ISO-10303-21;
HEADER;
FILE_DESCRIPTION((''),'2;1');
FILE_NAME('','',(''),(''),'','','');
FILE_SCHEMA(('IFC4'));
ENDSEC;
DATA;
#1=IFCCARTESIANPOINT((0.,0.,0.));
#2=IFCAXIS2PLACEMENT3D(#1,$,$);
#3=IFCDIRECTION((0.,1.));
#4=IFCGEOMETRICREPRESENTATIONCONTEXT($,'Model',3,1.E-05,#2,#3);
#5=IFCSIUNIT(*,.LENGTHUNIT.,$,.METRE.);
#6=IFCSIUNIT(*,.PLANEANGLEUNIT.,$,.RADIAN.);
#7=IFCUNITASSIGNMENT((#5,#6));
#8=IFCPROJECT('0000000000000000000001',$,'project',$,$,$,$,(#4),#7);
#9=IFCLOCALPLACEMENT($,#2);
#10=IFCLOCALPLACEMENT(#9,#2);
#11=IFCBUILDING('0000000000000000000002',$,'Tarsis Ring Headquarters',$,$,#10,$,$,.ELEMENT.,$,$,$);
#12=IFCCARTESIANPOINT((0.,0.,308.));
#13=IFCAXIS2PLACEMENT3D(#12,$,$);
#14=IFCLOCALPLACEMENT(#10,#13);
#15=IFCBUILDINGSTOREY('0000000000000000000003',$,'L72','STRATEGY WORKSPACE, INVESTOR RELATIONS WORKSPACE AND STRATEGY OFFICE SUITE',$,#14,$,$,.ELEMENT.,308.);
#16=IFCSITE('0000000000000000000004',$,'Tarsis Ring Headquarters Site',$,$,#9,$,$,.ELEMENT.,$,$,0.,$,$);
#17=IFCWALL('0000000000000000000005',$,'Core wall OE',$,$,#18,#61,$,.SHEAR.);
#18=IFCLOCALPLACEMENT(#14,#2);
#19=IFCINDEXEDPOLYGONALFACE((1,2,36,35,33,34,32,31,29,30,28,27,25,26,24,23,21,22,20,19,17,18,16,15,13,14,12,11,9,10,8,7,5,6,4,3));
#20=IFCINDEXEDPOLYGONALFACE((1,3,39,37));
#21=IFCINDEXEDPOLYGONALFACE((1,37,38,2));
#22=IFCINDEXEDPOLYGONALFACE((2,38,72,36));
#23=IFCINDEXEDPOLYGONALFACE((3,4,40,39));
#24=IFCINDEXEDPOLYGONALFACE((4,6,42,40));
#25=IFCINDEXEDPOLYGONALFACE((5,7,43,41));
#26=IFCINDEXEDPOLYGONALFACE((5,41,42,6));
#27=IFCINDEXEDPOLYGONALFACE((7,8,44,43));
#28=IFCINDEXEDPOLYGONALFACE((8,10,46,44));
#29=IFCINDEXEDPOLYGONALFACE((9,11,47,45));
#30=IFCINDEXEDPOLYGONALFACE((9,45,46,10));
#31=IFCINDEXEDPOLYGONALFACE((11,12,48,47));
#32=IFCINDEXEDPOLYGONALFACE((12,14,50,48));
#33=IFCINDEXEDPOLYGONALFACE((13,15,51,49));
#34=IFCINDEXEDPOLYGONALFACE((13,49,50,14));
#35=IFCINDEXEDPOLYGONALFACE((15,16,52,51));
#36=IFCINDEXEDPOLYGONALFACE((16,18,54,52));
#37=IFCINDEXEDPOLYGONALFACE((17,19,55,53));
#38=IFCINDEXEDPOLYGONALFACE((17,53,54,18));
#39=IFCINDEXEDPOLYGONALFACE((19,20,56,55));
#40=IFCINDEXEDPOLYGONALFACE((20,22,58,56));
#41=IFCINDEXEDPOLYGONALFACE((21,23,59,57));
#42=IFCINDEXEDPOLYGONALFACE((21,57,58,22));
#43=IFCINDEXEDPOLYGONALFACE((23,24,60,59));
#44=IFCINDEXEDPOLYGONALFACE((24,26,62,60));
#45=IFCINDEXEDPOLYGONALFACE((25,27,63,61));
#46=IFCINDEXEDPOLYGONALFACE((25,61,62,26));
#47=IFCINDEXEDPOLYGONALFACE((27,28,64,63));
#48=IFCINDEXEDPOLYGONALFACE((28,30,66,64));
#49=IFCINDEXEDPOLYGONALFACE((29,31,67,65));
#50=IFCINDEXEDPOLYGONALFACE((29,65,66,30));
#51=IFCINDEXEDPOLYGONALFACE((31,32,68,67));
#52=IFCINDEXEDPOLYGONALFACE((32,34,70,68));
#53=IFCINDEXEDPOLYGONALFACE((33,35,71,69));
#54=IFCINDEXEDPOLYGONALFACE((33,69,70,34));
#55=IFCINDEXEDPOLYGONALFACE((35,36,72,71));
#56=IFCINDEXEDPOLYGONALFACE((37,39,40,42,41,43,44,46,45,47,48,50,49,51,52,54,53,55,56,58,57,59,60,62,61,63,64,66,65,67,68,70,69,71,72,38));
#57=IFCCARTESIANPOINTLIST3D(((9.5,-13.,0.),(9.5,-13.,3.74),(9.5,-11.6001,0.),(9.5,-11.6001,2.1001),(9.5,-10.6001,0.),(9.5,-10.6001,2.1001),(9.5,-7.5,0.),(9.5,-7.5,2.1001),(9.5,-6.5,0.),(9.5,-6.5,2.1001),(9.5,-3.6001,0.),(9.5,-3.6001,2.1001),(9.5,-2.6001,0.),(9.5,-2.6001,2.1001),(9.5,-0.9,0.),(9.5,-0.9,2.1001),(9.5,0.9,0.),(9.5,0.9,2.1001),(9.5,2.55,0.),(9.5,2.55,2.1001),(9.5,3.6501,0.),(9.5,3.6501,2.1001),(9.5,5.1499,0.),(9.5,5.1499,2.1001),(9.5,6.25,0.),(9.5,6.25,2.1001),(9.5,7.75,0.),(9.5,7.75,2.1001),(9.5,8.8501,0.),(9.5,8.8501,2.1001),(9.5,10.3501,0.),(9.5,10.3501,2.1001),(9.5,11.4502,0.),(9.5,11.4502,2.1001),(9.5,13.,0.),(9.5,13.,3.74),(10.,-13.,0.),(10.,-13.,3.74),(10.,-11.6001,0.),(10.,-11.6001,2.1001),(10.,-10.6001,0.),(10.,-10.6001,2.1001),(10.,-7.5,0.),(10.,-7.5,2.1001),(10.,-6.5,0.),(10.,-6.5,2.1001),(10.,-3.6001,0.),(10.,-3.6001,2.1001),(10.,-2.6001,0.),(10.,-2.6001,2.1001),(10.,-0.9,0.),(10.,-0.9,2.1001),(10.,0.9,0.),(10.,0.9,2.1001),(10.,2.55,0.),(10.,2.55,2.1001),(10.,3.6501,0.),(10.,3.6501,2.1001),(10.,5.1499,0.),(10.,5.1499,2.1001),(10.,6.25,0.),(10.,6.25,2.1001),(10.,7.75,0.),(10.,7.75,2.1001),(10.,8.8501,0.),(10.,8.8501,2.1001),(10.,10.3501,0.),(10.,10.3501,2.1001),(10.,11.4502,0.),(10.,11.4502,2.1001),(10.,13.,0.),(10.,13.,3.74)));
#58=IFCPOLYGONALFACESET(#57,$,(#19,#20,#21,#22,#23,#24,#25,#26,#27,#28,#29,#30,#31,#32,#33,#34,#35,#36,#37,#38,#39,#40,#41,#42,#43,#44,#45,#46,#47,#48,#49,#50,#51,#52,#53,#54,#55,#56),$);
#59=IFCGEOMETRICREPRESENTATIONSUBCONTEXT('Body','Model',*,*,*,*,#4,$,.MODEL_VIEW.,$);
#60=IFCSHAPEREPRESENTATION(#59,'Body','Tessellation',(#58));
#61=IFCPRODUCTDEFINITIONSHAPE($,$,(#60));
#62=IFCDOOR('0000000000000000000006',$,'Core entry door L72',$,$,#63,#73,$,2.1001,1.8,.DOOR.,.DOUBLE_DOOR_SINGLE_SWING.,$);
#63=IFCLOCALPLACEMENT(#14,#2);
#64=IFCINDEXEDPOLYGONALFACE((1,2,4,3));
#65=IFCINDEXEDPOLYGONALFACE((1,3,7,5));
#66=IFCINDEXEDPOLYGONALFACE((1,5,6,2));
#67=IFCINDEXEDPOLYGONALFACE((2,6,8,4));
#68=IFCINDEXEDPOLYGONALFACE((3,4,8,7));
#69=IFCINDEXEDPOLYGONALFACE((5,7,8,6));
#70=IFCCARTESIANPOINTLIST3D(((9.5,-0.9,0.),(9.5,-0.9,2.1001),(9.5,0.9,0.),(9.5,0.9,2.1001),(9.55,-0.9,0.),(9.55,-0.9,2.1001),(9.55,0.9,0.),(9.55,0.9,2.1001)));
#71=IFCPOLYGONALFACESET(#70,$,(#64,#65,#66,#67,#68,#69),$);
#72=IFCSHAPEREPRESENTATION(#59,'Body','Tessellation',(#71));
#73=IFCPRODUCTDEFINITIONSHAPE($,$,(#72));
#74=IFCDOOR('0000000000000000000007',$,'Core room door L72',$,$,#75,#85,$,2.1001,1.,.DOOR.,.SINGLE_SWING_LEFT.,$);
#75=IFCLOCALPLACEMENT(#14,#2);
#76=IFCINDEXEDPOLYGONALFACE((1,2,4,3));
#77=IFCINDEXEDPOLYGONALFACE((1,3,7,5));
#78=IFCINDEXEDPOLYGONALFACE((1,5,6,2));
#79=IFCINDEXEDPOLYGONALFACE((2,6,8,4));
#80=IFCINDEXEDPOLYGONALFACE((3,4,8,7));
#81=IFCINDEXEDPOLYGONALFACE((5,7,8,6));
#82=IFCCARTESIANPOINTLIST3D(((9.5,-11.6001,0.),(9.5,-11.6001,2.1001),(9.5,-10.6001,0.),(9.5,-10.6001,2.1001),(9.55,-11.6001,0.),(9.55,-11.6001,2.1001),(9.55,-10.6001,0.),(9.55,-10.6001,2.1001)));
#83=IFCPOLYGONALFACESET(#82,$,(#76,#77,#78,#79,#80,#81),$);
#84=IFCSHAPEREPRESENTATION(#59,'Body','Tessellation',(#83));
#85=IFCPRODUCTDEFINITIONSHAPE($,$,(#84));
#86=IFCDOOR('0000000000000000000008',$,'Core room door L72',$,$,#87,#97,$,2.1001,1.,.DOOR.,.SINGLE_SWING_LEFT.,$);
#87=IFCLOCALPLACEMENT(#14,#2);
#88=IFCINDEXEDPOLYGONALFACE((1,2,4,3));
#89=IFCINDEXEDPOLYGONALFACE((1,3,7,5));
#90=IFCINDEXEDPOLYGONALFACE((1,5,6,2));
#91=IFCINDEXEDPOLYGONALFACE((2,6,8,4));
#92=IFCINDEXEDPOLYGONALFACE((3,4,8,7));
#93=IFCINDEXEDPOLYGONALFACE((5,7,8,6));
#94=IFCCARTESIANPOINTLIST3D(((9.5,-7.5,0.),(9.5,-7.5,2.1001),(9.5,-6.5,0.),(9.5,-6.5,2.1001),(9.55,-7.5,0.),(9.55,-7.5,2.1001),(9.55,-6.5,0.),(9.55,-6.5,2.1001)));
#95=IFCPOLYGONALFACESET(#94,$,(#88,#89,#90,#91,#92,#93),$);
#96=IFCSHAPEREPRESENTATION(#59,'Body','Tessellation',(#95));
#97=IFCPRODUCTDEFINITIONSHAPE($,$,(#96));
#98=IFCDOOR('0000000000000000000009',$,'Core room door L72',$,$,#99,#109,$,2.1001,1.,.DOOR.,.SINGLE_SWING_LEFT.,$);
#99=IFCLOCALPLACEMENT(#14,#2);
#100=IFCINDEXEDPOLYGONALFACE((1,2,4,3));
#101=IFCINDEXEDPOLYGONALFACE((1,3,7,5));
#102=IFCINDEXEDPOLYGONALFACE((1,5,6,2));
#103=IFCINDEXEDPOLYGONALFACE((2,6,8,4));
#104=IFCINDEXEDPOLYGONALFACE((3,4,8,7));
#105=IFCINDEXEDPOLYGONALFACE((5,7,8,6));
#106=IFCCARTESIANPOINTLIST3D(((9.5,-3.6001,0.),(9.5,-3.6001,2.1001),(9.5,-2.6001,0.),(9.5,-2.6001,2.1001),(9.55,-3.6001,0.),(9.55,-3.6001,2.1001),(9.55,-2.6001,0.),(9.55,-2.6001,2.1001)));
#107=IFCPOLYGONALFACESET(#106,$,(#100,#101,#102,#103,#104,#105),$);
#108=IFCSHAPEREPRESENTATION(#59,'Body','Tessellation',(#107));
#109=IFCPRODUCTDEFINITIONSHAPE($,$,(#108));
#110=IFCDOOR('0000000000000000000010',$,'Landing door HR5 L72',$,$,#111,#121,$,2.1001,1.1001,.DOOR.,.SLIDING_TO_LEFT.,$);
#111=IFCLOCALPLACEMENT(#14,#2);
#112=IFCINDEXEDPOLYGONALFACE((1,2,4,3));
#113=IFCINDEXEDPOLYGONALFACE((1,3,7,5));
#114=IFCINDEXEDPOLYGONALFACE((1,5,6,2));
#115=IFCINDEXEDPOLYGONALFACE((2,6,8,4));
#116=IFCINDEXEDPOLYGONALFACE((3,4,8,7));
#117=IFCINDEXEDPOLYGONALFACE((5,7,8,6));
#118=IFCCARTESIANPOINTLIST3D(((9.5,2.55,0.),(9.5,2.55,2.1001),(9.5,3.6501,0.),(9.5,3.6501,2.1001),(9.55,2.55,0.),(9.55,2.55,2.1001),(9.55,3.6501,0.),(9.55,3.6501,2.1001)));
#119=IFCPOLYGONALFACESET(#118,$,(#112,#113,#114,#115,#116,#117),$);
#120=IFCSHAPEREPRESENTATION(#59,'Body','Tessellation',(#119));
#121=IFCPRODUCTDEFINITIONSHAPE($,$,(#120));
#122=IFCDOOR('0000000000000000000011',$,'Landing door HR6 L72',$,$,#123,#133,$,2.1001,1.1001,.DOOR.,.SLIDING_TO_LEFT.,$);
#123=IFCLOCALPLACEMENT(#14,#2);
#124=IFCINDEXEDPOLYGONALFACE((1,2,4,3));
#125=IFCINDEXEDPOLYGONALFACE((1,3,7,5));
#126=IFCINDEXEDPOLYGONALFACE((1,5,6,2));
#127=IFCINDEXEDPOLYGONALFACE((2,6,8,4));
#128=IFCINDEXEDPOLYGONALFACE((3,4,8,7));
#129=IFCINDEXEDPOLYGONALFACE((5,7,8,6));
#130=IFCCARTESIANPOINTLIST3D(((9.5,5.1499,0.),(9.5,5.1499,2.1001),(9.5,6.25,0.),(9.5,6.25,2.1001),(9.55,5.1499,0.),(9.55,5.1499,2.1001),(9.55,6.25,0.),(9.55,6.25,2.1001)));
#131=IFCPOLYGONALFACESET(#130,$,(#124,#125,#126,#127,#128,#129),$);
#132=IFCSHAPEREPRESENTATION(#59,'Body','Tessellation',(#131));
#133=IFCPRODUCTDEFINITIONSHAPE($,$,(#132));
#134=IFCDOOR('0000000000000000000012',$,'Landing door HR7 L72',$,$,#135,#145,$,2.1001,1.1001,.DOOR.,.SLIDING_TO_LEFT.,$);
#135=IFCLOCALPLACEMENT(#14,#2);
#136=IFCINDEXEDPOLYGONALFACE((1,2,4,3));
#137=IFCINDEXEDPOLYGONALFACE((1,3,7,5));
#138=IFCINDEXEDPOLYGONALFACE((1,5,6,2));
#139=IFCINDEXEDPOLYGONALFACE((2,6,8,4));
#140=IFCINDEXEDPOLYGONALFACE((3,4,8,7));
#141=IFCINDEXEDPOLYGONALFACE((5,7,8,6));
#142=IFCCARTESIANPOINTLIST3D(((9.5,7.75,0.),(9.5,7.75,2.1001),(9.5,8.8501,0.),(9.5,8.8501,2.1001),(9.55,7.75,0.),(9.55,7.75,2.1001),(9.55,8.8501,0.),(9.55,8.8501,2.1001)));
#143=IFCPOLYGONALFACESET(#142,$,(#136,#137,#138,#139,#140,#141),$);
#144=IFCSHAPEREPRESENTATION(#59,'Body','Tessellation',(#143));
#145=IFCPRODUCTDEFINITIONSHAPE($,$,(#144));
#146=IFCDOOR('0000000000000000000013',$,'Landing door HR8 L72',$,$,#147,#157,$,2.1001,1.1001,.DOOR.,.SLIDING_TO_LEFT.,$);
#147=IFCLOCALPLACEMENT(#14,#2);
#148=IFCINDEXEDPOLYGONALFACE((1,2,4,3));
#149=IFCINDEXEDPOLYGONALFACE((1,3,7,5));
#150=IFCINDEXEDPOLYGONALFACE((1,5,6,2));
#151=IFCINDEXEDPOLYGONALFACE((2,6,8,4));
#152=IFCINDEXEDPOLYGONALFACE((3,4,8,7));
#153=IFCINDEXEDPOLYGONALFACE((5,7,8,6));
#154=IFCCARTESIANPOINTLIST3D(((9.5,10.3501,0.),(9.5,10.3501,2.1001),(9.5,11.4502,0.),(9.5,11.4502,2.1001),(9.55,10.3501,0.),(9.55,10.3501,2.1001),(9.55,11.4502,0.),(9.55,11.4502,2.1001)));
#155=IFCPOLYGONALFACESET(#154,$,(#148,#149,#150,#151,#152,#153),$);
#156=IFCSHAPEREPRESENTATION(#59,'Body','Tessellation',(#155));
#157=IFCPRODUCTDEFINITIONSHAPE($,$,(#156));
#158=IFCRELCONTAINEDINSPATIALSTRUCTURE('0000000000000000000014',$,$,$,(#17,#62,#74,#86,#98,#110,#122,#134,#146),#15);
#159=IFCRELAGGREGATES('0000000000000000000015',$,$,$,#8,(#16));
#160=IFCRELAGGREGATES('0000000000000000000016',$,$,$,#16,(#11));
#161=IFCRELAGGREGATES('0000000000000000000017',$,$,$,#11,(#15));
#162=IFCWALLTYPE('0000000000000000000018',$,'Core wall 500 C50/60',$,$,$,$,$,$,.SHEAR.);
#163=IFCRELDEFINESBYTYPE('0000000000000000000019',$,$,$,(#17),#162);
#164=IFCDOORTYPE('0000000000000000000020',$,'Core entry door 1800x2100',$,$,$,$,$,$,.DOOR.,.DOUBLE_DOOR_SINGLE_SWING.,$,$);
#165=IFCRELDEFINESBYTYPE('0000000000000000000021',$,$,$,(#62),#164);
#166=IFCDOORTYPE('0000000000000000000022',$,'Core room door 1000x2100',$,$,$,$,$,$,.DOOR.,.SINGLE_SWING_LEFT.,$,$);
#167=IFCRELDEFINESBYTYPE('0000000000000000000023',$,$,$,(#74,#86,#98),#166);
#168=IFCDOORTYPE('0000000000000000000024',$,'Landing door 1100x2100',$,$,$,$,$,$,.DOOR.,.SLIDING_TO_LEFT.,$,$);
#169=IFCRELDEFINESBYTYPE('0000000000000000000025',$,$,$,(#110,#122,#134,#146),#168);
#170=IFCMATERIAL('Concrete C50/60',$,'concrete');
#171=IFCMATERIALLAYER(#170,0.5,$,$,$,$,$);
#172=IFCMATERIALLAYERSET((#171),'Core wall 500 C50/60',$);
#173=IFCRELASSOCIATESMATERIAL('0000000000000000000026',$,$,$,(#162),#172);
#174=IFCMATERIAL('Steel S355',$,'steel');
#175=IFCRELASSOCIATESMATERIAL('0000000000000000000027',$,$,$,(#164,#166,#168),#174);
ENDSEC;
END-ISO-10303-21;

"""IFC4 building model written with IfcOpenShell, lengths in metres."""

from ifc_helpers import new_model, si_unit, direction, frame, frame_2d, origin, place, context, subcontext, project, spatial, rectangle, extrude, material, layer, layer_set, type_object, element, fill, save


model = new_model("IFC4")

# Units and contexts
model_context = context("Model", 3, precision=1e-05, world=origin(), true_north=direction((0.0, 1.0)))
body_context = subcontext(model_context, "Body", "Model", "MODEL_VIEW")
ifc_project = project(units=[si_unit("LENGTHUNIT", "METRE"), si_unit("PLANEANGLEUNIT", "RADIAN")], contexts=[model_context])

# Site, building, storey
site_placement = place(None, origin())
site = spatial("IfcSite", under=ifc_project, at=site_placement, Name="Tarsis Ring Headquarters Site", CompositionType="ELEMENT", RefElevation=0.0)
building_placement = place(site_placement, origin())
building = spatial("IfcBuilding", under=site, at=building_placement, Name="Tarsis Ring Headquarters", CompositionType="ELEMENT")
storey_placement = place(building_placement, frame((0.0, 0.0, 308.0)))
storey = spatial("IfcBuildingStorey", under=building, at=storey_placement, Name="L72", Description="STRATEGY WORKSPACE, INVESTOR RELATIONS WORKSPACE AND STRATEGY OFFICE SUITE", CompositionType="ELEMENT", Elevation=308.0)

# Wall, openings, doors
ifc_material_1 = material(Name="Concrete C50/60", Category="concrete")
ifc_layer_1 = layer(ifc_material_1, 0.5)
ifc_layer_set_1 = layer_set([ifc_layer_1], Name="Core wall 500 C50/60")
wall_type_1 = type_object("IfcWallType", Name="Core wall 500 C50/60", PredefinedType="SHEAR", material=ifc_layer_set_1)
wall_1_placement = place(storey_placement, frame((9.75, -13.0, 0.0), z_axis=(0.0, 0.0, 1.0), x_axis=(0.0, 1.0, 0.0)))
wall_1 = element("IfcWall", 1, at=wall_1_placement, inside=storey, type_object=wall_type_1, Name="Core wall OE", PredefinedType="SHEAR", context=body_context, shape_type="SweptSolid", body=[
    extrude(rectangle(XDim=26.0, YDim=0.5, at=frame_2d((13.0, 0.0))), origin(), (0.0, 0.0, 1.0), 3.74),
])
opening_1_placement = place(wall_1_placement, frame((1.3999, 0.0, 0.0)))
opening_1 = element("IfcOpeningElement", 2, at=opening_1_placement, cuts=wall_1, PredefinedType="OPENING", context=body_context, shape_type="SweptSolid", body=[
    extrude(rectangle(XDim=1.0, YDim=2.1001, at=frame_2d((0.5, 1.05))), frame((0.0, 0.26, 0.0), z_axis=(0.0, -1.0, 0.0), x_axis=(1.0, 0.0, 0.0)), (0.0, 0.0, 1.0), 0.52),
])
opening_2_placement = place(wall_1_placement, frame((5.5, 0.0, 0.0)))
opening_2 = element("IfcOpeningElement", 3, at=opening_2_placement, cuts=wall_1, PredefinedType="OPENING", context=body_context, shape_type="SweptSolid", body=[
    extrude(rectangle(XDim=1.0, YDim=2.1001, at=frame_2d((0.5, 1.05))), frame((0.0, 0.26, 0.0), z_axis=(0.0, -1.0, 0.0), x_axis=(1.0, 0.0, 0.0)), (0.0, 0.0, 1.0), 0.52),
])
opening_3_placement = place(wall_1_placement, frame((9.3999, 0.0, 0.0)))
opening_3 = element("IfcOpeningElement", 4, at=opening_3_placement, cuts=wall_1, PredefinedType="OPENING", context=body_context, shape_type="SweptSolid", body=[
    extrude(rectangle(XDim=1.0, YDim=2.1001, at=frame_2d((0.5, 1.05))), frame((0.0, 0.26, 0.0), z_axis=(0.0, -1.0, 0.0), x_axis=(1.0, 0.0, 0.0)), (0.0, 0.0, 1.0), 0.52),
])
opening_4_placement = place(wall_1_placement, frame((12.1001, 0.0, 0.0)))
opening_4 = element("IfcOpeningElement", 5, at=opening_4_placement, cuts=wall_1, PredefinedType="OPENING", context=body_context, shape_type="SweptSolid", body=[
    extrude(rectangle(XDim=1.8, YDim=2.1001, at=frame_2d((0.8999, 1.05))), frame((0.0, 0.26, 0.0), z_axis=(0.0, -1.0, 0.0), x_axis=(1.0, 0.0, 0.0)), (0.0, 0.0, 1.0), 0.52),
])
opening_5_placement = place(wall_1_placement, frame((15.55, 0.0, 0.0)))
opening_5 = element("IfcOpeningElement", 6, at=opening_5_placement, cuts=wall_1, PredefinedType="OPENING", context=body_context, shape_type="SweptSolid", body=[
    extrude(rectangle(XDim=1.1001, YDim=2.1001, at=frame_2d((0.55, 1.05))), frame((0.0, 0.26, 0.0), z_axis=(0.0, -1.0, 0.0), x_axis=(1.0, 0.0, 0.0)), (0.0, 0.0, 1.0), 0.52),
])
opening_6_placement = place(wall_1_placement, frame((18.1499, 0.0, 0.0)))
opening_6 = element("IfcOpeningElement", 7, at=opening_6_placement, cuts=wall_1, PredefinedType="OPENING", context=body_context, shape_type="SweptSolid", body=[
    extrude(rectangle(XDim=1.1001, YDim=2.1001, at=frame_2d((0.55, 1.05))), frame((0.0, 0.26, 0.0), z_axis=(0.0, -1.0, 0.0), x_axis=(1.0, 0.0, 0.0)), (0.0, 0.0, 1.0), 0.52),
])
opening_7_placement = place(wall_1_placement, frame((20.75, 0.0, 0.0)))
opening_7 = element("IfcOpeningElement", 8, at=opening_7_placement, cuts=wall_1, PredefinedType="OPENING", context=body_context, shape_type="SweptSolid", body=[
    extrude(rectangle(XDim=1.1001, YDim=2.1001, at=frame_2d((0.55, 1.05))), frame((0.0, 0.26, 0.0), z_axis=(0.0, -1.0, 0.0), x_axis=(1.0, 0.0, 0.0)), (0.0, 0.0, 1.0), 0.52),
])
opening_8_placement = place(wall_1_placement, frame((23.3501, 0.0, 0.0)))
opening_8 = element("IfcOpeningElement", 9, at=opening_8_placement, cuts=wall_1, PredefinedType="OPENING", context=body_context, shape_type="SweptSolid", body=[
    extrude(rectangle(XDim=1.1001, YDim=2.1001, at=frame_2d((0.55, 1.05))), frame((0.0, 0.26, 0.0), z_axis=(0.0, -1.0, 0.0), x_axis=(1.0, 0.0, 0.0)), (0.0, 0.0, 1.0), 0.52),
])
ifc_material_2 = material(Name="Steel S355", Category="steel")
door_type_1 = type_object("IfcDoorType", Name="Core entry door 1800x2100", OperationType="DOUBLE_DOOR_SINGLE_SWING", PredefinedType="DOOR", material=ifc_material_2)
door_1_placement = place(opening_4_placement, origin())
door_1 = element("IfcDoor", 10, at=door_1_placement, inside=storey, type_object=door_type_1, Name="Core entry door L72", OperationType="DOUBLE_DOOR_SINGLE_SWING", OverallHeight=2.1001, OverallWidth=1.8, PredefinedType="DOOR", context=body_context, shape_type="SweptSolid", body=[
    extrude(rectangle(XDim=1.8, YDim=2.1001, at=frame_2d((0.8999, 1.05))), frame((0.0, 0.25, 0.0), z_axis=(0.0, -1.0, 0.0), x_axis=(1.0, 0.0, 0.0)), (0.0, 0.0, 1.0), 0.05),
])
fill(opening_4, door_1)
door_type_2 = type_object("IfcDoorType", Name="Core room door 1000x2100", OperationType="SINGLE_SWING_LEFT", PredefinedType="DOOR", material=ifc_material_2)
door_2_placement = place(opening_1_placement, origin())
door_2 = element("IfcDoor", 11, at=door_2_placement, inside=storey, type_object=door_type_2, Name="Core room door L72", OperationType="SINGLE_SWING_LEFT", OverallHeight=2.1001, OverallWidth=1.0, PredefinedType="DOOR", context=body_context, shape_type="SweptSolid", body=[
    extrude(rectangle(XDim=1.0, YDim=2.1001, at=frame_2d((0.5, 1.05))), frame((0.0, 0.25, 0.0), z_axis=(0.0, -1.0, 0.0), x_axis=(1.0, 0.0, 0.0)), (0.0, 0.0, 1.0), 0.05),
])
fill(opening_1, door_2)
door_3_placement = place(opening_2_placement, origin())
door_3 = element("IfcDoor", 12, at=door_3_placement, inside=storey, type_object=door_type_2, Name="Core room door L72", OperationType="SINGLE_SWING_LEFT", OverallHeight=2.1001, OverallWidth=1.0, PredefinedType="DOOR", context=body_context, shape_type="SweptSolid", body=[
    extrude(rectangle(XDim=1.0, YDim=2.1001, at=frame_2d((0.5, 1.05))), frame((0.0, 0.25, 0.0), z_axis=(0.0, -1.0, 0.0), x_axis=(1.0, 0.0, 0.0)), (0.0, 0.0, 1.0), 0.05),
])
fill(opening_2, door_3)
door_4_placement = place(opening_3_placement, origin())
door_4 = element("IfcDoor", 13, at=door_4_placement, inside=storey, type_object=door_type_2, Name="Core room door L72", OperationType="SINGLE_SWING_LEFT", OverallHeight=2.1001, OverallWidth=1.0, PredefinedType="DOOR", context=body_context, shape_type="SweptSolid", body=[
    extrude(rectangle(XDim=1.0, YDim=2.1001, at=frame_2d((0.5, 1.05))), frame((0.0, 0.25, 0.0), z_axis=(0.0, -1.0, 0.0), x_axis=(1.0, 0.0, 0.0)), (0.0, 0.0, 1.0), 0.05),
])
fill(opening_3, door_4)
door_type_3 = type_object("IfcDoorType", Name="Landing door 1100x2100", OperationType="SLIDING_TO_LEFT", PredefinedType="DOOR", material=ifc_material_2)
door_5_placement = place(opening_5_placement, origin())
door_5 = element("IfcDoor", 14, at=door_5_placement, inside=storey, type_object=door_type_3, Name="Landing door HR5 L72", OperationType="SLIDING_TO_LEFT", OverallHeight=2.1001, OverallWidth=1.1001, PredefinedType="DOOR", context=body_context, shape_type="SweptSolid", body=[
    extrude(rectangle(XDim=1.1001, YDim=2.1001, at=frame_2d((0.55, 1.05))), frame((0.0, 0.25, 0.0), z_axis=(0.0, -1.0, 0.0), x_axis=(1.0, 0.0, 0.0)), (0.0, 0.0, 1.0), 0.05),
])
fill(opening_5, door_5)
door_6_placement = place(opening_6_placement, origin())
door_6 = element("IfcDoor", 15, at=door_6_placement, inside=storey, type_object=door_type_3, Name="Landing door HR6 L72", OperationType="SLIDING_TO_LEFT", OverallHeight=2.1001, OverallWidth=1.1001, PredefinedType="DOOR", context=body_context, shape_type="SweptSolid", body=[
    extrude(rectangle(XDim=1.1001, YDim=2.1001, at=frame_2d((0.55, 1.05))), frame((0.0, 0.25, 0.0), z_axis=(0.0, -1.0, 0.0), x_axis=(1.0, 0.0, 0.0)), (0.0, 0.0, 1.0), 0.05),
])
fill(opening_6, door_6)
door_7_placement = place(opening_7_placement, origin())
door_7 = element("IfcDoor", 16, at=door_7_placement, inside=storey, type_object=door_type_3, Name="Landing door HR7 L72", OperationType="SLIDING_TO_LEFT", OverallHeight=2.1001, OverallWidth=1.1001, PredefinedType="DOOR", context=body_context, shape_type="SweptSolid", body=[
    extrude(rectangle(XDim=1.1001, YDim=2.1001, at=frame_2d((0.55, 1.05))), frame((0.0, 0.25, 0.0), z_axis=(0.0, -1.0, 0.0), x_axis=(1.0, 0.0, 0.0)), (0.0, 0.0, 1.0), 0.05),
])
fill(opening_7, door_7)
door_8_placement = place(opening_8_placement, origin())
door_8 = element("IfcDoor", 17, at=door_8_placement, inside=storey, type_object=door_type_3, Name="Landing door HR8 L72", OperationType="SLIDING_TO_LEFT", OverallHeight=2.1001, OverallWidth=1.1001, PredefinedType="DOOR", context=body_context, shape_type="SweptSolid", body=[
    extrude(rectangle(XDim=1.1001, YDim=2.1001, at=frame_2d((0.55, 1.05))), frame((0.0, 0.25, 0.0), z_axis=(0.0, -1.0, 0.0), x_axis=(1.0, 0.0, 0.0)), (0.0, 0.0, 1.0), 0.05),
])
fill(opening_8, door_8)

save(model, "model.ifc")
